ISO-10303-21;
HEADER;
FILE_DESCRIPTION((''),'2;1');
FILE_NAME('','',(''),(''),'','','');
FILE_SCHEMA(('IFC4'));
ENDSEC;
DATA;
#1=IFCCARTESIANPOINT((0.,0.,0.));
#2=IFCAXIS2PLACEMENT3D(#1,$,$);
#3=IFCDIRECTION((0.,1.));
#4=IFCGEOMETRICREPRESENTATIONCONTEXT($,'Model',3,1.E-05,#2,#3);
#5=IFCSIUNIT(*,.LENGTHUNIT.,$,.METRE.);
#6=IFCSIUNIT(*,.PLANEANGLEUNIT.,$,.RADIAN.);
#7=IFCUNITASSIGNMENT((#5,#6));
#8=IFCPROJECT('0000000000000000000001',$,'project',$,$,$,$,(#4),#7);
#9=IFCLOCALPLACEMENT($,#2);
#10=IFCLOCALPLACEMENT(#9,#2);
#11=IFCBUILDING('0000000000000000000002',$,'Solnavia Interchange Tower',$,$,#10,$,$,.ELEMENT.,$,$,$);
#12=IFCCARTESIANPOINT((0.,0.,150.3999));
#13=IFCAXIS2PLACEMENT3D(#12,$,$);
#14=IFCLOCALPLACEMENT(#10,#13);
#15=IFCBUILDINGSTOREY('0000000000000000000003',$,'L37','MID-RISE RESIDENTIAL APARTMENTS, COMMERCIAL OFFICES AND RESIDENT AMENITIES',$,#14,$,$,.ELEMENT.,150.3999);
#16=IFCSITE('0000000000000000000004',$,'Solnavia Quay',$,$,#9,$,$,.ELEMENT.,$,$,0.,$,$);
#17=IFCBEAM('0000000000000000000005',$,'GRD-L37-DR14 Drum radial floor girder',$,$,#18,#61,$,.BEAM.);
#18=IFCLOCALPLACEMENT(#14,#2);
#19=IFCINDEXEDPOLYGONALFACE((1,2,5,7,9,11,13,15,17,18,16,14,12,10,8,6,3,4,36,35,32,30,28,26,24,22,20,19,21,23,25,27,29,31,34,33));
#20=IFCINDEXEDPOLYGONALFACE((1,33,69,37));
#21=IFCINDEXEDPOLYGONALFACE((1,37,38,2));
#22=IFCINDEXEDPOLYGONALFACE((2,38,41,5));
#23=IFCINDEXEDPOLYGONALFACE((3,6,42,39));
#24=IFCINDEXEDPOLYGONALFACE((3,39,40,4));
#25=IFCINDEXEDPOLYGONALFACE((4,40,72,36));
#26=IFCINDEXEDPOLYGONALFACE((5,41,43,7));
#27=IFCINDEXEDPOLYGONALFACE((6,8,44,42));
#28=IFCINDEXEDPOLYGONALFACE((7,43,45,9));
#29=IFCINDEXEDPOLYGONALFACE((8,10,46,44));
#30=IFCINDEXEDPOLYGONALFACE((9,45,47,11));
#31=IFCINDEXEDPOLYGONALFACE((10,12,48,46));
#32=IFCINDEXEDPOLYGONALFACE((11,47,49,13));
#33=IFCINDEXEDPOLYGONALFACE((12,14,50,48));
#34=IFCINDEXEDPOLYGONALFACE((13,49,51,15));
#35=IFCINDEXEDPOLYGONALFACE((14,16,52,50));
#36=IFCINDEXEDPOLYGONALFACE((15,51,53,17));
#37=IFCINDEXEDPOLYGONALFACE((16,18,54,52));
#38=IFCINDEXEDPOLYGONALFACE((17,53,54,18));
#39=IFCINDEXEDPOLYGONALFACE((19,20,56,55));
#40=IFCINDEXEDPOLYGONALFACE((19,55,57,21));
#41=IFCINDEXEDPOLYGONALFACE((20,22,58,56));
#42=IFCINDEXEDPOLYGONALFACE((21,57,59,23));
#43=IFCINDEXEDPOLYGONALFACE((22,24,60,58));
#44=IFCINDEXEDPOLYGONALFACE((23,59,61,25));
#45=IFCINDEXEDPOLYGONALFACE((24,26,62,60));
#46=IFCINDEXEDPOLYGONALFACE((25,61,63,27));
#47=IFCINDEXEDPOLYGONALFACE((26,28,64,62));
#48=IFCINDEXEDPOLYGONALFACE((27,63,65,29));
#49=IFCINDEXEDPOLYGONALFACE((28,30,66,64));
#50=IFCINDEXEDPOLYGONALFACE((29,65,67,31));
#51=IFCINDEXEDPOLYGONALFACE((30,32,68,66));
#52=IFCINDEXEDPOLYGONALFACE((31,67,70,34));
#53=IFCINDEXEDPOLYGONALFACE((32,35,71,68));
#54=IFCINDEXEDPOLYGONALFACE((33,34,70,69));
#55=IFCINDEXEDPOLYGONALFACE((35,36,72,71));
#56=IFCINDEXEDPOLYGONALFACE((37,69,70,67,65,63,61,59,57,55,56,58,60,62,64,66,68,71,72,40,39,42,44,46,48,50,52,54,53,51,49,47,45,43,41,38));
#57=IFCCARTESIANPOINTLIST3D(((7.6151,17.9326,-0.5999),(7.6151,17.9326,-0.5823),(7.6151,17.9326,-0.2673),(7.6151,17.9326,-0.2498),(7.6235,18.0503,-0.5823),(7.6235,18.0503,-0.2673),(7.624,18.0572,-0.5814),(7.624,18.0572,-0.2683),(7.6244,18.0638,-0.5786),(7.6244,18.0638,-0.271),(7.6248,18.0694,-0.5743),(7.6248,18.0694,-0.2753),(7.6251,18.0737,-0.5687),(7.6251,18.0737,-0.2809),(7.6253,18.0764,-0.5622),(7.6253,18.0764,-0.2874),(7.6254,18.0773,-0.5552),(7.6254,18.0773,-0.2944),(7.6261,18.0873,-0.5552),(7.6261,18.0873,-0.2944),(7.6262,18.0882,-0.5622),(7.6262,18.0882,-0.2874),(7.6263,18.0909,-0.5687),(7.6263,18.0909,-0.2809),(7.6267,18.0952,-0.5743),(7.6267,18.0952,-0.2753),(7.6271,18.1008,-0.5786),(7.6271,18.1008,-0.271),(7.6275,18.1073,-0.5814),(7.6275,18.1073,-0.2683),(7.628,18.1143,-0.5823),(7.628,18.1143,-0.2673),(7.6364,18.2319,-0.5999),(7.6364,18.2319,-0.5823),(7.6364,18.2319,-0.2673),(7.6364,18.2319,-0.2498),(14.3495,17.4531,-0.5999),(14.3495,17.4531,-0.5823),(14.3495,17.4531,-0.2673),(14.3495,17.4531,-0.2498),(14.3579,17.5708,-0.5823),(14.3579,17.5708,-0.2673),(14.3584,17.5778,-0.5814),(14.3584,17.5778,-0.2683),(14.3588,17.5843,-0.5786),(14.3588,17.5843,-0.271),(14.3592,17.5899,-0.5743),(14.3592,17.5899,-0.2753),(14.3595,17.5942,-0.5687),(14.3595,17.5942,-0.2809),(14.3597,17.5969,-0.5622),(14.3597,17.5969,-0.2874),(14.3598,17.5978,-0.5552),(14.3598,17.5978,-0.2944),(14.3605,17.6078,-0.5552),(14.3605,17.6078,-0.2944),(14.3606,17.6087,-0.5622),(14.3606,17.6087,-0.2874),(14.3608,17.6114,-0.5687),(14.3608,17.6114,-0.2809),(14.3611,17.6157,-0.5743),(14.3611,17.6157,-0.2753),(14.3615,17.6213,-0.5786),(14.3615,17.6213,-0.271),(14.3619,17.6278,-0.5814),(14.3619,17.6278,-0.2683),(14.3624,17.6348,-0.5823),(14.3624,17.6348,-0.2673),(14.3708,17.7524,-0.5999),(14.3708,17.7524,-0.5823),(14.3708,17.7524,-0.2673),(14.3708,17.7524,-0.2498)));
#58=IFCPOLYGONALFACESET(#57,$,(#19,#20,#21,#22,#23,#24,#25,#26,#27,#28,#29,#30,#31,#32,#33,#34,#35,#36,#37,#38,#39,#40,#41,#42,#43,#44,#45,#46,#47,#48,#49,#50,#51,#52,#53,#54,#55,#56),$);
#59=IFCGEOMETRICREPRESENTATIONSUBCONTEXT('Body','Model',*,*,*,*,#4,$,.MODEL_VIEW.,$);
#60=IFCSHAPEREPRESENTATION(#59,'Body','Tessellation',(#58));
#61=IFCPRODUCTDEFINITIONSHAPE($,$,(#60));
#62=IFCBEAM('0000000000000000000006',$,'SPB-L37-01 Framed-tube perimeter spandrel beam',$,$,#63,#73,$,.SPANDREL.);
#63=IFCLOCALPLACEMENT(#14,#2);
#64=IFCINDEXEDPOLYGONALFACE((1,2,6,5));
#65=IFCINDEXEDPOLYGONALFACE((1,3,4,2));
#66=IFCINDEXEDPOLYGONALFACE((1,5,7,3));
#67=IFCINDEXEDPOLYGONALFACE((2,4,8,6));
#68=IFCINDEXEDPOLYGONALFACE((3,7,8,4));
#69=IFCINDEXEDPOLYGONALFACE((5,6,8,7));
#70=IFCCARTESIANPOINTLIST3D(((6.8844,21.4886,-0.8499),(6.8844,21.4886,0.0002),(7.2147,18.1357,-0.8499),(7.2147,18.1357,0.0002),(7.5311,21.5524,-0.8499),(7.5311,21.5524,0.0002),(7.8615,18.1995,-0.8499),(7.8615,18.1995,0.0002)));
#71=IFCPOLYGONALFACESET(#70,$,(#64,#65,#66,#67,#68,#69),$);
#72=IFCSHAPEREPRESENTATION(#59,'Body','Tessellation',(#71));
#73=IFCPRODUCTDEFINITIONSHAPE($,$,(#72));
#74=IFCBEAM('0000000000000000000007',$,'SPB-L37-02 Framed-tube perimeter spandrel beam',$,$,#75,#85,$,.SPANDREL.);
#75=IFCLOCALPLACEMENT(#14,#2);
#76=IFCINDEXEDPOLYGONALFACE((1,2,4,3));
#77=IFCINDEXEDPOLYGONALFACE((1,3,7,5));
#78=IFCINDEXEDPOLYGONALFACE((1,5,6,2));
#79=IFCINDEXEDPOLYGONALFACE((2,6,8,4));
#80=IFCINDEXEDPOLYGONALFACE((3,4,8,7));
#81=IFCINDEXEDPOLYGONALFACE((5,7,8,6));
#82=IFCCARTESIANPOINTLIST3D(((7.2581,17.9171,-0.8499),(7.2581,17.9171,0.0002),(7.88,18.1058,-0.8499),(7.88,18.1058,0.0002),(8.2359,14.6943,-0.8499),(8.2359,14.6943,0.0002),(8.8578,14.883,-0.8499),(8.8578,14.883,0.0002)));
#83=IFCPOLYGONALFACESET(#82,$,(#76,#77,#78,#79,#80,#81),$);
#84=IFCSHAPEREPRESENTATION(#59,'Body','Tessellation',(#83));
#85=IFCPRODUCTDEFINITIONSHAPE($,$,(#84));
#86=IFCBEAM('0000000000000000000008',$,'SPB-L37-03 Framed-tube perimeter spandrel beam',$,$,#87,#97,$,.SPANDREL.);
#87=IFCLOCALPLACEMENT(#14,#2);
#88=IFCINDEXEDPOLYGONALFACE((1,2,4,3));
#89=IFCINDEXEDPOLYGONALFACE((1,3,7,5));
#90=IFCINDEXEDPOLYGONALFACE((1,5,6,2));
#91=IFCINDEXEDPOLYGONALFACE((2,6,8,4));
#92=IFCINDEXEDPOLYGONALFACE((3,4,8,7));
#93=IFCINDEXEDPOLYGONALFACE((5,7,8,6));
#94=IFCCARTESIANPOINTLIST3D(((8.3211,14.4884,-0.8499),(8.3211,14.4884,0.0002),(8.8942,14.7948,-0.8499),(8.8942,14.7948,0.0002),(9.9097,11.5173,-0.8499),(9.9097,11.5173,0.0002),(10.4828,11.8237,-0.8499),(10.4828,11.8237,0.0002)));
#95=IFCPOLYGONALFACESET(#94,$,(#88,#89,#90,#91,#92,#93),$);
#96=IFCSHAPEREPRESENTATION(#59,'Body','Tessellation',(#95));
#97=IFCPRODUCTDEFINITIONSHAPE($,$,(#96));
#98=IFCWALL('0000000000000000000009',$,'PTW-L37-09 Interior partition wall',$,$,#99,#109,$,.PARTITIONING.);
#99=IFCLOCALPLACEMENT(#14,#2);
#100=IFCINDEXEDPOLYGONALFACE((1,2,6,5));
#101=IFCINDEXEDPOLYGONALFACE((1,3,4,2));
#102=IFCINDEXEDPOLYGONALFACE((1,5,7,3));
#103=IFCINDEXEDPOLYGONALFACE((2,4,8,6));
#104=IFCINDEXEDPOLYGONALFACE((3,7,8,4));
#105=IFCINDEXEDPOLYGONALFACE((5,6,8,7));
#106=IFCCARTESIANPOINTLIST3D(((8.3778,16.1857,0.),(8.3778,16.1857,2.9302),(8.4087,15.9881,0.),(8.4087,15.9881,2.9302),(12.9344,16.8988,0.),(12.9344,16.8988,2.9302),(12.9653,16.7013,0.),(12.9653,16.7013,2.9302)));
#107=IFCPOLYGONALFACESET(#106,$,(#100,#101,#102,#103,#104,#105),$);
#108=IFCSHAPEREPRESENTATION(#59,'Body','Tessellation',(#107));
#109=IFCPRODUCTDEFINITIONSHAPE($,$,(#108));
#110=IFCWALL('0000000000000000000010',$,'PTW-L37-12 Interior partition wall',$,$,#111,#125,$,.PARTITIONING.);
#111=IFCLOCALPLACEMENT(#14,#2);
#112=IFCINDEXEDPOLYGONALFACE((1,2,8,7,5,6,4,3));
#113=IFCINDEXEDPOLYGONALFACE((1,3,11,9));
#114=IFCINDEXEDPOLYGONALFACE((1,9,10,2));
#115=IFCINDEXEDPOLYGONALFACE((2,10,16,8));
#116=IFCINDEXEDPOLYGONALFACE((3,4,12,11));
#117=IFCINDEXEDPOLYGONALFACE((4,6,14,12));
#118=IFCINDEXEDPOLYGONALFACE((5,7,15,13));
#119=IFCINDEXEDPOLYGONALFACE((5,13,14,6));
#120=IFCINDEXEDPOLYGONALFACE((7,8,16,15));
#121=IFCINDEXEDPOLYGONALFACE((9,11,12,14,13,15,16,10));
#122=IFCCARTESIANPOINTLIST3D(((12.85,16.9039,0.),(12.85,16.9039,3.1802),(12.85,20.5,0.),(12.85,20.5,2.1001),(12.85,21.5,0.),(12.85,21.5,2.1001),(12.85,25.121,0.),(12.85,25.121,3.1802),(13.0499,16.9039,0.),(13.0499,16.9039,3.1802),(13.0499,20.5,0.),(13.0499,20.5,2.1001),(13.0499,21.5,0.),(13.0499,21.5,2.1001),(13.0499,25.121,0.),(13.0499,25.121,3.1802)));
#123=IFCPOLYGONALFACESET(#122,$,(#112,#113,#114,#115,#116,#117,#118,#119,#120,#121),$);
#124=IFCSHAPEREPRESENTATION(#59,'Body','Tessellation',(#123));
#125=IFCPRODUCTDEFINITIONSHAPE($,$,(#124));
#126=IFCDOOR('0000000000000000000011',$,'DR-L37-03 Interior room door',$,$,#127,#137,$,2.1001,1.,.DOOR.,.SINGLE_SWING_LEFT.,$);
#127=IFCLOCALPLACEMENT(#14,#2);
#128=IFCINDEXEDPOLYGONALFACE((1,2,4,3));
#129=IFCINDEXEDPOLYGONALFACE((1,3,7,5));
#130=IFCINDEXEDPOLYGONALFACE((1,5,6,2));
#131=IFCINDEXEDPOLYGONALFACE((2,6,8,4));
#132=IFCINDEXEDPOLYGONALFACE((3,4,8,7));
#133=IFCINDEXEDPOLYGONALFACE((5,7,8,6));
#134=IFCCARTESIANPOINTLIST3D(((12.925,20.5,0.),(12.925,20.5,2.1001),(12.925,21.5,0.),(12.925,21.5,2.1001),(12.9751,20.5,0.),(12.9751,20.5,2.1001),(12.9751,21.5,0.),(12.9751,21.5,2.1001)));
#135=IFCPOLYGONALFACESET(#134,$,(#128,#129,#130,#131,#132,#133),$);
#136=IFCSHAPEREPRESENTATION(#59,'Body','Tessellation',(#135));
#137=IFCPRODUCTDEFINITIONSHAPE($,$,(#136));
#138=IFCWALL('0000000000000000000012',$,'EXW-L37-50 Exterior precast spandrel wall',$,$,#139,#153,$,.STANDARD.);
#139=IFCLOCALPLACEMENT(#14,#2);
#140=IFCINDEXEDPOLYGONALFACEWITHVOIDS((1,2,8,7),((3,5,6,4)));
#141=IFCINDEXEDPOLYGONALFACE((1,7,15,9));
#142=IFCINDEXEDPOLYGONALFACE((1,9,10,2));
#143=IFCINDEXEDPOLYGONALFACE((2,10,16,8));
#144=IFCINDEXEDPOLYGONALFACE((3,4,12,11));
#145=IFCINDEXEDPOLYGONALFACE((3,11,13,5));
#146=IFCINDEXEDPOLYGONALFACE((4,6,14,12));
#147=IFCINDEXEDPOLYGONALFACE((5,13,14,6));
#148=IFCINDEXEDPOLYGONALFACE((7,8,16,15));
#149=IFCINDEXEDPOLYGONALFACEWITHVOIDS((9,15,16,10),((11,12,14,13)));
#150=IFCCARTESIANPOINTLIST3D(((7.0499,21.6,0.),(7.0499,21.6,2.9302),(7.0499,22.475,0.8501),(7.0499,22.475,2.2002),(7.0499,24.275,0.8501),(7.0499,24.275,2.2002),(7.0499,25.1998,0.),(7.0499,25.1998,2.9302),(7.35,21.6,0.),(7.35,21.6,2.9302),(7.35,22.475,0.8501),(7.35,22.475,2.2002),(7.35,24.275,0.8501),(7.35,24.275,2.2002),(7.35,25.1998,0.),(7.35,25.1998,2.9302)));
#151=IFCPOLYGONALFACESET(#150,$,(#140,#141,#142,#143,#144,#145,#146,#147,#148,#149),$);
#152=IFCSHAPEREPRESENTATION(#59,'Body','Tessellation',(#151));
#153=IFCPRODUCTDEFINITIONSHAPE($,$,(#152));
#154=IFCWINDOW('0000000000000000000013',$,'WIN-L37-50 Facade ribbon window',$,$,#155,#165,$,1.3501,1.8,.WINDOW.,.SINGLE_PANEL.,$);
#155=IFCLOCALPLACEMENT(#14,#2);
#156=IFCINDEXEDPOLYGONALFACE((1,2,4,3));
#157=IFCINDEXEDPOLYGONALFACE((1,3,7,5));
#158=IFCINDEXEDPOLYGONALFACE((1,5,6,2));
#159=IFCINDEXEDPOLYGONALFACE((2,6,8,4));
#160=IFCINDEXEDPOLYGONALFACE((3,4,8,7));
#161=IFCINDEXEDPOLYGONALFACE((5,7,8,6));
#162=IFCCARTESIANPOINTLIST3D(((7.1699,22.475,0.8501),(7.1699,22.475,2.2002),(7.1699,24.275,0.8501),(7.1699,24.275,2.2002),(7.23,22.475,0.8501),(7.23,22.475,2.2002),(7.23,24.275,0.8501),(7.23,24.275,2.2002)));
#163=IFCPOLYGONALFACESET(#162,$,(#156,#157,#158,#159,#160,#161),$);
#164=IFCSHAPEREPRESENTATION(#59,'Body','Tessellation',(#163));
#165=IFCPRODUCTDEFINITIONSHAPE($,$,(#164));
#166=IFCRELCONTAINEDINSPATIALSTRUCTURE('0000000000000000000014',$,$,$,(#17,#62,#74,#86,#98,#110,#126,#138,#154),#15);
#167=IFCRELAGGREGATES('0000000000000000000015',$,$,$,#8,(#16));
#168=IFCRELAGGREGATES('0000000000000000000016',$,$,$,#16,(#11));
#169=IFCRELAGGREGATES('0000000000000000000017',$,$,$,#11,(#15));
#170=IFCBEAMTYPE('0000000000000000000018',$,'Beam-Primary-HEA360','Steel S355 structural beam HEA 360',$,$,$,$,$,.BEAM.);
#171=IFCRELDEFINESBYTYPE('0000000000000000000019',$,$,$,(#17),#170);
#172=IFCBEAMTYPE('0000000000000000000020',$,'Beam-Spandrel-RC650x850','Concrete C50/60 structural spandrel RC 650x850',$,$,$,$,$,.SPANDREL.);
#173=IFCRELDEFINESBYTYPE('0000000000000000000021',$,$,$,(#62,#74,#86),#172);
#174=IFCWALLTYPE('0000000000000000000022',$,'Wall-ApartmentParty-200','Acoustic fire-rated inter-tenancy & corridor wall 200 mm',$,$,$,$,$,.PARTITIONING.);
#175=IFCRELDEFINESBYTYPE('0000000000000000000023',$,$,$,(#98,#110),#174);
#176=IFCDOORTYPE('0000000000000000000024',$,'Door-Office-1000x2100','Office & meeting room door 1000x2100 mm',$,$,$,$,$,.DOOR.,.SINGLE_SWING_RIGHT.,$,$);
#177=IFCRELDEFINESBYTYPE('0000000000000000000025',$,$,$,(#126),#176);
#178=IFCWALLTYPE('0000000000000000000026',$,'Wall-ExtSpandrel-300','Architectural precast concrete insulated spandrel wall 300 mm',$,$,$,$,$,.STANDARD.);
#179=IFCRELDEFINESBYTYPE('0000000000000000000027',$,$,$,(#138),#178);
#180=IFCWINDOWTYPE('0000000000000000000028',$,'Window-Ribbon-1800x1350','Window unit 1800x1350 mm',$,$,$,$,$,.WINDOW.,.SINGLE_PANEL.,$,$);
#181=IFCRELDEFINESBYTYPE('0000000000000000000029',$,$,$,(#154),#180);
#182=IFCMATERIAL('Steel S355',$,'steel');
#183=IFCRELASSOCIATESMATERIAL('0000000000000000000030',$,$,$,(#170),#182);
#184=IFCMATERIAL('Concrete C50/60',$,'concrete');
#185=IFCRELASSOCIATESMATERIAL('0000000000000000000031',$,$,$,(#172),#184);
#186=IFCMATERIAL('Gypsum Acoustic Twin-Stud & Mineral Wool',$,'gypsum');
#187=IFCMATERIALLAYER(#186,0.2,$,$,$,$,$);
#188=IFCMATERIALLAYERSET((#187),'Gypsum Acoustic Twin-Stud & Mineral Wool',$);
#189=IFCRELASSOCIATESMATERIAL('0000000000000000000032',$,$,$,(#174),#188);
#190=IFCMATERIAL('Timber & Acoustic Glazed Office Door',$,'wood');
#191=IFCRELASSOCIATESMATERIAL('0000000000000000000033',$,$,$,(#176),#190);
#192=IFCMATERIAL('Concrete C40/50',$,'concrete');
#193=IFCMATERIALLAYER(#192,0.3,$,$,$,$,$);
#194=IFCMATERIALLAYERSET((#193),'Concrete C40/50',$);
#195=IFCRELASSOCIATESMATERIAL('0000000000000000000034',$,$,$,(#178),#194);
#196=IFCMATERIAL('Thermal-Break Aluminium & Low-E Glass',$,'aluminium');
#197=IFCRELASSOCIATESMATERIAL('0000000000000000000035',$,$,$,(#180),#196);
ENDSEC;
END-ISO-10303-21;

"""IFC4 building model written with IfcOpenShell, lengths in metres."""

from ifc_helpers import new_model, si_unit, direction, frame, frame_2d, origin, origin_2d, place, context, subcontext, project, spatial, rectangle, i_section, extrude, material, layer, layer_set, material_profile, profile_set, type_object, element, fill, save


model = new_model("IFC4")

# Units and contexts
model_context = context("Model", 3, precision=1e-05, world=origin(), true_north=direction((0.0, 1.0)))
body_context = subcontext(model_context, "Body", "Model", "MODEL_VIEW")
ifc_project = project(units=[si_unit("LENGTHUNIT", "METRE"), si_unit("PLANEANGLEUNIT", "RADIAN")], contexts=[model_context])

# Site, building, storey
site_placement = place(None, origin())
site = spatial("IfcSite", under=ifc_project, at=site_placement, Name="Solnavia Quay", CompositionType="ELEMENT", RefElevation=0.0)
building_placement = place(site_placement, origin())
building = spatial("IfcBuilding", under=site, at=building_placement, Name="Solnavia Interchange Tower", CompositionType="ELEMENT")
storey_placement = place(building_placement, frame((0.0, 0.0, 150.3999)))
storey = spatial("IfcBuildingStorey", under=building, at=storey_placement, Name="L37", Description="MID-RISE RESIDENTIAL APARTMENTS, COMMERCIAL OFFICES AND RESIDENT AMENITIES", CompositionType="ELEMENT", Elevation=150.3999)

# Shared definitions
ifc_material_1 = material(Name="Concrete C50/60", Category="concrete")

# Beams
ifc_material_2 = material(Name="Steel S355", Category="steel")
ifc_material_profile_1 = material_profile(ifc_material_2, i_section(OverallWidth=0.3, OverallDepth=0.3501, WebThickness=0.01, FlangeThickness=0.0176, FilletRadius=0.0271, at=origin_2d()), Name="HEA 360")
ifc_profile_set_1 = profile_set([ifc_material_profile_1], Name="Steel S355")
beam_type_1 = type_object("IfcBeamType", Name="Beam-Primary-HEA360", Description="Steel S355 structural beam HEA 360", PredefinedType="BEAM", material=ifc_profile_set_1)
beam_1_placement = place(storey_placement, frame((7.6257, 18.0823, -0.4248), z_axis=(0.997475, -0.071021, 0.0), x_axis=(0.071021, 0.997475, 0.0)))
element("IfcBeam", 1, at=beam_1_placement, inside=storey, type_object=beam_type_1, Name="GRD-L37-DR14 Drum radial floor girder", PredefinedType="BEAM", context=body_context, shape_type="SweptSolid", body=[
    extrude(i_section(OverallWidth=0.3, OverallDepth=0.3501, WebThickness=0.01, FlangeThickness=0.0176, FilletRadius=0.0271, at=origin_2d()), origin(), (0.0, 0.0, 1.0), 6.7515),
])
ifc_material_profile_2 = material_profile(ifc_material_1, rectangle(XDim=0.6499, YDim=0.8501, at=origin_2d()), Name="RC 650x850")
ifc_profile_set_2 = profile_set([ifc_material_profile_2], Name="Concrete C50/60")
beam_type_2 = type_object("IfcBeamType", Name="Beam-Spandrel-RC650x850", Description="Concrete C50/60 structural spandrel RC 650x850", PredefinedType="SPANDREL", material=ifc_profile_set_2)
beam_2_placement = place(storey_placement, frame((7.2078, 21.5205, -0.4248), z_axis=(0.09804, -0.995182, 0.0), x_axis=(0.995182, 0.09804, 0.0)))
element("IfcBeam", 2, at=beam_2_placement, inside=storey, type_object=beam_type_2, Name="SPB-L37-01 Framed-tube perimeter spandrel beam", PredefinedType="SPANDREL", context=body_context, shape_type="SweptSolid", body=[
    extrude(rectangle(XDim=0.6499, YDim=0.8501, at=origin_2d()), origin(), (0.0, 0.0, 1.0), 3.3691),
])
beam_3_placement = place(storey_placement, frame((7.5691, 18.0115, -0.4248), z_axis=(0.290319, -0.95693, 0.0), x_axis=(0.95693, 0.290319, 0.0)))
element("IfcBeam", 3, at=beam_3_placement, inside=storey, type_object=beam_type_2, Name="SPB-L37-02 Framed-tube perimeter spandrel beam", PredefinedType="SPANDREL", context=body_context, shape_type="SweptSolid", body=[
    extrude(rectangle(XDim=0.6499, YDim=0.8501, at=origin_2d()), origin(), (0.0, 0.0, 1.0), 3.3679),
])
beam_4_placement = place(storey_placement, frame((8.6077, 14.6416, -0.4248), z_axis=(0.471509, -0.881861, 0.0), x_axis=(0.881861, 0.471509, 0.0)))
element("IfcBeam", 4, at=beam_4_placement, inside=storey, type_object=beam_type_2, Name="SPB-L37-03 Framed-tube perimeter spandrel beam", PredefinedType="SPANDREL", context=body_context, shape_type="SweptSolid", body=[
    extrude(rectangle(XDim=0.6499, YDim=0.8501, at=origin_2d()), origin(), (0.0, 0.0, 1.0), 3.3691),
])

# Wall
ifc_material_3 = material(Name="Gypsum Acoustic Twin-Stud & Mineral Wool", Category="gypsum")
ifc_layer_1 = layer(ifc_material_3, 0.2)
ifc_layer_set_1 = layer_set([ifc_layer_1], Name="Gypsum Acoustic Twin-Stud & Mineral Wool")
wall_type_1 = type_object("IfcWallType", Name="Wall-ApartmentParty-200", Description="Acoustic fire-rated inter-tenancy & corridor wall 200 mm", PredefinedType="PARTITIONING", material=ifc_layer_set_1)
wall_1_placement = place(storey_placement, frame((12.95, 16.8, 0.0), z_axis=(0.0, 0.0, 1.0), x_axis=(-0.987974, -0.154622, 0.0)))
element("IfcWall", 5, at=wall_1_placement, inside=storey, type_object=wall_type_1, Name="PTW-L37-09 Interior partition wall", PredefinedType="PARTITIONING", context=body_context, shape_type="SweptSolid", body=[
    extrude(rectangle(XDim=4.6121, YDim=0.2, at=frame_2d((2.3062, 0.0))), origin(), (0.0, 0.0, 1.0), 2.9302),
])

# Wall, opening, door
wall_2_placement = place(storey_placement, frame((12.95, 16.9041, 0.0), z_axis=(0.0, 0.0, 1.0), x_axis=(0.0, 1.0, 0.0)))
wall_2 = element("IfcWall", 6, at=wall_2_placement, inside=storey, type_object=wall_type_1, Name="PTW-L37-12 Interior partition wall", PredefinedType="PARTITIONING", context=body_context, shape_type="SweptSolid", body=[
    extrude(rectangle(XDim=8.217, YDim=0.2, at=frame_2d((4.1084, 0.0))), origin(), (0.0, 0.0, 1.0), 3.1802),
])
opening_1_placement = place(wall_2_placement, frame((3.5959, 0.0, 0.0)))
opening_1 = element("IfcOpeningElement", 7, at=opening_1_placement, cuts=wall_2, PredefinedType="OPENING", context=body_context, shape_type="SweptSolid", body=[
    extrude(rectangle(XDim=1.0, YDim=2.1001, at=frame_2d((0.5, 1.05))), frame((0.0, 0.1099, 0.0), z_axis=(0.0, -1.0, 0.0), x_axis=(1.0, 0.0, 0.0)), (0.0, 0.0, 1.0), 0.22),
])
ifc_material_4 = material(Name="Timber & Acoustic Glazed Office Door", Category="wood")
door_type_1 = type_object("IfcDoorType", Name="Door-Office-1000x2100", Description="Office & meeting room door 1000x2100 mm", OperationType="SINGLE_SWING_RIGHT", PredefinedType="DOOR", material=ifc_material_4)
door_1_placement = place(opening_1_placement, origin())
door_1 = element("IfcDoor", 8, at=door_1_placement, inside=storey, type_object=door_type_1, Name="DR-L37-03 Interior room door", OperationType="SINGLE_SWING_LEFT", OverallHeight=2.1001, OverallWidth=1.0, PredefinedType="DOOR", context=body_context, shape_type="SweptSolid", body=[
    extrude(rectangle(XDim=1.0, YDim=2.1001, at=frame_2d((0.5, 1.05))), frame((0.0, 0.0249, 0.0), z_axis=(0.0, -1.0, 0.0), x_axis=(1.0, 0.0, 0.0)), (0.0, 0.0, 1.0), 0.05),
])
fill(opening_1, door_1)

# Wall, opening, window
ifc_material_5 = material(Name="Concrete C40/50", Category="concrete")
ifc_layer_2 = layer(ifc_material_5, 0.3)
ifc_layer_set_2 = layer_set([ifc_layer_2], Name="Concrete C40/50")
wall_type_2 = type_object("IfcWallType", Name="Wall-ExtSpandrel-300", Description="Architectural precast concrete insulated spandrel wall 300 mm", PredefinedType="STANDARD", material=ifc_layer_set_2)
wall_3_placement = place(storey_placement, frame((7.2, 21.6001, 0.0), z_axis=(0.0, 0.0, 1.0), x_axis=(0.0, 1.0, 0.0)))
wall_3 = element("IfcWall", 9, at=wall_3_placement, inside=storey, type_object=wall_type_2, Name="EXW-L37-50 Exterior precast spandrel wall", PredefinedType="STANDARD", context=body_context, shape_type="SweptSolid", body=[
    extrude(rectangle(XDim=3.5999, YDim=0.3, at=frame_2d((1.7998, 0.0))), origin(), (0.0, 0.0, 1.0), 2.9302),
])
opening_2_placement = place(wall_3_placement, frame((0.875, 0.0, 0.8501)))
opening_2 = element("IfcOpeningElement", 10, at=opening_2_placement, cuts=wall_3, PredefinedType="OPENING", context=body_context, shape_type="SweptSolid", body=[
    extrude(rectangle(XDim=1.8, YDim=1.3501, at=frame_2d((0.8999, 0.675))), frame((0.0, 0.1602, 0.0), z_axis=(0.0, -1.0, 0.0), x_axis=(1.0, 0.0, 0.0)), (0.0, 0.0, 1.0), 0.3201),
])
ifc_material_6 = material(Name="Thermal-Break Aluminium & Low-E Glass", Category="aluminium")
window_type_1 = type_object("IfcWindowType", Name="Window-Ribbon-1800x1350", Description="Window unit 1800x1350 mm", PartitioningType="SINGLE_PANEL", PredefinedType="WINDOW", material=ifc_material_6)
window_1_placement = place(opening_2_placement, origin())
window_1 = element("IfcWindow", 11, at=window_1_placement, inside=storey, type_object=window_type_1, Name="WIN-L37-50 Facade ribbon window", OverallHeight=1.3501, OverallWidth=1.8, PartitioningType="SINGLE_PANEL", PredefinedType="WINDOW", context=body_context, shape_type="SweptSolid", body=[
    extrude(rectangle(XDim=1.8, YDim=1.3501, at=frame_2d((0.8999, 0.675))), frame((0.0, 0.03, 0.0), z_axis=(0.0, -1.0, 0.0), x_axis=(1.0, 0.0, 0.0)), (0.0, 0.0, 1.0), 0.0601),
])
fill(opening_2, window_1)

save(model, "model.ifc")
